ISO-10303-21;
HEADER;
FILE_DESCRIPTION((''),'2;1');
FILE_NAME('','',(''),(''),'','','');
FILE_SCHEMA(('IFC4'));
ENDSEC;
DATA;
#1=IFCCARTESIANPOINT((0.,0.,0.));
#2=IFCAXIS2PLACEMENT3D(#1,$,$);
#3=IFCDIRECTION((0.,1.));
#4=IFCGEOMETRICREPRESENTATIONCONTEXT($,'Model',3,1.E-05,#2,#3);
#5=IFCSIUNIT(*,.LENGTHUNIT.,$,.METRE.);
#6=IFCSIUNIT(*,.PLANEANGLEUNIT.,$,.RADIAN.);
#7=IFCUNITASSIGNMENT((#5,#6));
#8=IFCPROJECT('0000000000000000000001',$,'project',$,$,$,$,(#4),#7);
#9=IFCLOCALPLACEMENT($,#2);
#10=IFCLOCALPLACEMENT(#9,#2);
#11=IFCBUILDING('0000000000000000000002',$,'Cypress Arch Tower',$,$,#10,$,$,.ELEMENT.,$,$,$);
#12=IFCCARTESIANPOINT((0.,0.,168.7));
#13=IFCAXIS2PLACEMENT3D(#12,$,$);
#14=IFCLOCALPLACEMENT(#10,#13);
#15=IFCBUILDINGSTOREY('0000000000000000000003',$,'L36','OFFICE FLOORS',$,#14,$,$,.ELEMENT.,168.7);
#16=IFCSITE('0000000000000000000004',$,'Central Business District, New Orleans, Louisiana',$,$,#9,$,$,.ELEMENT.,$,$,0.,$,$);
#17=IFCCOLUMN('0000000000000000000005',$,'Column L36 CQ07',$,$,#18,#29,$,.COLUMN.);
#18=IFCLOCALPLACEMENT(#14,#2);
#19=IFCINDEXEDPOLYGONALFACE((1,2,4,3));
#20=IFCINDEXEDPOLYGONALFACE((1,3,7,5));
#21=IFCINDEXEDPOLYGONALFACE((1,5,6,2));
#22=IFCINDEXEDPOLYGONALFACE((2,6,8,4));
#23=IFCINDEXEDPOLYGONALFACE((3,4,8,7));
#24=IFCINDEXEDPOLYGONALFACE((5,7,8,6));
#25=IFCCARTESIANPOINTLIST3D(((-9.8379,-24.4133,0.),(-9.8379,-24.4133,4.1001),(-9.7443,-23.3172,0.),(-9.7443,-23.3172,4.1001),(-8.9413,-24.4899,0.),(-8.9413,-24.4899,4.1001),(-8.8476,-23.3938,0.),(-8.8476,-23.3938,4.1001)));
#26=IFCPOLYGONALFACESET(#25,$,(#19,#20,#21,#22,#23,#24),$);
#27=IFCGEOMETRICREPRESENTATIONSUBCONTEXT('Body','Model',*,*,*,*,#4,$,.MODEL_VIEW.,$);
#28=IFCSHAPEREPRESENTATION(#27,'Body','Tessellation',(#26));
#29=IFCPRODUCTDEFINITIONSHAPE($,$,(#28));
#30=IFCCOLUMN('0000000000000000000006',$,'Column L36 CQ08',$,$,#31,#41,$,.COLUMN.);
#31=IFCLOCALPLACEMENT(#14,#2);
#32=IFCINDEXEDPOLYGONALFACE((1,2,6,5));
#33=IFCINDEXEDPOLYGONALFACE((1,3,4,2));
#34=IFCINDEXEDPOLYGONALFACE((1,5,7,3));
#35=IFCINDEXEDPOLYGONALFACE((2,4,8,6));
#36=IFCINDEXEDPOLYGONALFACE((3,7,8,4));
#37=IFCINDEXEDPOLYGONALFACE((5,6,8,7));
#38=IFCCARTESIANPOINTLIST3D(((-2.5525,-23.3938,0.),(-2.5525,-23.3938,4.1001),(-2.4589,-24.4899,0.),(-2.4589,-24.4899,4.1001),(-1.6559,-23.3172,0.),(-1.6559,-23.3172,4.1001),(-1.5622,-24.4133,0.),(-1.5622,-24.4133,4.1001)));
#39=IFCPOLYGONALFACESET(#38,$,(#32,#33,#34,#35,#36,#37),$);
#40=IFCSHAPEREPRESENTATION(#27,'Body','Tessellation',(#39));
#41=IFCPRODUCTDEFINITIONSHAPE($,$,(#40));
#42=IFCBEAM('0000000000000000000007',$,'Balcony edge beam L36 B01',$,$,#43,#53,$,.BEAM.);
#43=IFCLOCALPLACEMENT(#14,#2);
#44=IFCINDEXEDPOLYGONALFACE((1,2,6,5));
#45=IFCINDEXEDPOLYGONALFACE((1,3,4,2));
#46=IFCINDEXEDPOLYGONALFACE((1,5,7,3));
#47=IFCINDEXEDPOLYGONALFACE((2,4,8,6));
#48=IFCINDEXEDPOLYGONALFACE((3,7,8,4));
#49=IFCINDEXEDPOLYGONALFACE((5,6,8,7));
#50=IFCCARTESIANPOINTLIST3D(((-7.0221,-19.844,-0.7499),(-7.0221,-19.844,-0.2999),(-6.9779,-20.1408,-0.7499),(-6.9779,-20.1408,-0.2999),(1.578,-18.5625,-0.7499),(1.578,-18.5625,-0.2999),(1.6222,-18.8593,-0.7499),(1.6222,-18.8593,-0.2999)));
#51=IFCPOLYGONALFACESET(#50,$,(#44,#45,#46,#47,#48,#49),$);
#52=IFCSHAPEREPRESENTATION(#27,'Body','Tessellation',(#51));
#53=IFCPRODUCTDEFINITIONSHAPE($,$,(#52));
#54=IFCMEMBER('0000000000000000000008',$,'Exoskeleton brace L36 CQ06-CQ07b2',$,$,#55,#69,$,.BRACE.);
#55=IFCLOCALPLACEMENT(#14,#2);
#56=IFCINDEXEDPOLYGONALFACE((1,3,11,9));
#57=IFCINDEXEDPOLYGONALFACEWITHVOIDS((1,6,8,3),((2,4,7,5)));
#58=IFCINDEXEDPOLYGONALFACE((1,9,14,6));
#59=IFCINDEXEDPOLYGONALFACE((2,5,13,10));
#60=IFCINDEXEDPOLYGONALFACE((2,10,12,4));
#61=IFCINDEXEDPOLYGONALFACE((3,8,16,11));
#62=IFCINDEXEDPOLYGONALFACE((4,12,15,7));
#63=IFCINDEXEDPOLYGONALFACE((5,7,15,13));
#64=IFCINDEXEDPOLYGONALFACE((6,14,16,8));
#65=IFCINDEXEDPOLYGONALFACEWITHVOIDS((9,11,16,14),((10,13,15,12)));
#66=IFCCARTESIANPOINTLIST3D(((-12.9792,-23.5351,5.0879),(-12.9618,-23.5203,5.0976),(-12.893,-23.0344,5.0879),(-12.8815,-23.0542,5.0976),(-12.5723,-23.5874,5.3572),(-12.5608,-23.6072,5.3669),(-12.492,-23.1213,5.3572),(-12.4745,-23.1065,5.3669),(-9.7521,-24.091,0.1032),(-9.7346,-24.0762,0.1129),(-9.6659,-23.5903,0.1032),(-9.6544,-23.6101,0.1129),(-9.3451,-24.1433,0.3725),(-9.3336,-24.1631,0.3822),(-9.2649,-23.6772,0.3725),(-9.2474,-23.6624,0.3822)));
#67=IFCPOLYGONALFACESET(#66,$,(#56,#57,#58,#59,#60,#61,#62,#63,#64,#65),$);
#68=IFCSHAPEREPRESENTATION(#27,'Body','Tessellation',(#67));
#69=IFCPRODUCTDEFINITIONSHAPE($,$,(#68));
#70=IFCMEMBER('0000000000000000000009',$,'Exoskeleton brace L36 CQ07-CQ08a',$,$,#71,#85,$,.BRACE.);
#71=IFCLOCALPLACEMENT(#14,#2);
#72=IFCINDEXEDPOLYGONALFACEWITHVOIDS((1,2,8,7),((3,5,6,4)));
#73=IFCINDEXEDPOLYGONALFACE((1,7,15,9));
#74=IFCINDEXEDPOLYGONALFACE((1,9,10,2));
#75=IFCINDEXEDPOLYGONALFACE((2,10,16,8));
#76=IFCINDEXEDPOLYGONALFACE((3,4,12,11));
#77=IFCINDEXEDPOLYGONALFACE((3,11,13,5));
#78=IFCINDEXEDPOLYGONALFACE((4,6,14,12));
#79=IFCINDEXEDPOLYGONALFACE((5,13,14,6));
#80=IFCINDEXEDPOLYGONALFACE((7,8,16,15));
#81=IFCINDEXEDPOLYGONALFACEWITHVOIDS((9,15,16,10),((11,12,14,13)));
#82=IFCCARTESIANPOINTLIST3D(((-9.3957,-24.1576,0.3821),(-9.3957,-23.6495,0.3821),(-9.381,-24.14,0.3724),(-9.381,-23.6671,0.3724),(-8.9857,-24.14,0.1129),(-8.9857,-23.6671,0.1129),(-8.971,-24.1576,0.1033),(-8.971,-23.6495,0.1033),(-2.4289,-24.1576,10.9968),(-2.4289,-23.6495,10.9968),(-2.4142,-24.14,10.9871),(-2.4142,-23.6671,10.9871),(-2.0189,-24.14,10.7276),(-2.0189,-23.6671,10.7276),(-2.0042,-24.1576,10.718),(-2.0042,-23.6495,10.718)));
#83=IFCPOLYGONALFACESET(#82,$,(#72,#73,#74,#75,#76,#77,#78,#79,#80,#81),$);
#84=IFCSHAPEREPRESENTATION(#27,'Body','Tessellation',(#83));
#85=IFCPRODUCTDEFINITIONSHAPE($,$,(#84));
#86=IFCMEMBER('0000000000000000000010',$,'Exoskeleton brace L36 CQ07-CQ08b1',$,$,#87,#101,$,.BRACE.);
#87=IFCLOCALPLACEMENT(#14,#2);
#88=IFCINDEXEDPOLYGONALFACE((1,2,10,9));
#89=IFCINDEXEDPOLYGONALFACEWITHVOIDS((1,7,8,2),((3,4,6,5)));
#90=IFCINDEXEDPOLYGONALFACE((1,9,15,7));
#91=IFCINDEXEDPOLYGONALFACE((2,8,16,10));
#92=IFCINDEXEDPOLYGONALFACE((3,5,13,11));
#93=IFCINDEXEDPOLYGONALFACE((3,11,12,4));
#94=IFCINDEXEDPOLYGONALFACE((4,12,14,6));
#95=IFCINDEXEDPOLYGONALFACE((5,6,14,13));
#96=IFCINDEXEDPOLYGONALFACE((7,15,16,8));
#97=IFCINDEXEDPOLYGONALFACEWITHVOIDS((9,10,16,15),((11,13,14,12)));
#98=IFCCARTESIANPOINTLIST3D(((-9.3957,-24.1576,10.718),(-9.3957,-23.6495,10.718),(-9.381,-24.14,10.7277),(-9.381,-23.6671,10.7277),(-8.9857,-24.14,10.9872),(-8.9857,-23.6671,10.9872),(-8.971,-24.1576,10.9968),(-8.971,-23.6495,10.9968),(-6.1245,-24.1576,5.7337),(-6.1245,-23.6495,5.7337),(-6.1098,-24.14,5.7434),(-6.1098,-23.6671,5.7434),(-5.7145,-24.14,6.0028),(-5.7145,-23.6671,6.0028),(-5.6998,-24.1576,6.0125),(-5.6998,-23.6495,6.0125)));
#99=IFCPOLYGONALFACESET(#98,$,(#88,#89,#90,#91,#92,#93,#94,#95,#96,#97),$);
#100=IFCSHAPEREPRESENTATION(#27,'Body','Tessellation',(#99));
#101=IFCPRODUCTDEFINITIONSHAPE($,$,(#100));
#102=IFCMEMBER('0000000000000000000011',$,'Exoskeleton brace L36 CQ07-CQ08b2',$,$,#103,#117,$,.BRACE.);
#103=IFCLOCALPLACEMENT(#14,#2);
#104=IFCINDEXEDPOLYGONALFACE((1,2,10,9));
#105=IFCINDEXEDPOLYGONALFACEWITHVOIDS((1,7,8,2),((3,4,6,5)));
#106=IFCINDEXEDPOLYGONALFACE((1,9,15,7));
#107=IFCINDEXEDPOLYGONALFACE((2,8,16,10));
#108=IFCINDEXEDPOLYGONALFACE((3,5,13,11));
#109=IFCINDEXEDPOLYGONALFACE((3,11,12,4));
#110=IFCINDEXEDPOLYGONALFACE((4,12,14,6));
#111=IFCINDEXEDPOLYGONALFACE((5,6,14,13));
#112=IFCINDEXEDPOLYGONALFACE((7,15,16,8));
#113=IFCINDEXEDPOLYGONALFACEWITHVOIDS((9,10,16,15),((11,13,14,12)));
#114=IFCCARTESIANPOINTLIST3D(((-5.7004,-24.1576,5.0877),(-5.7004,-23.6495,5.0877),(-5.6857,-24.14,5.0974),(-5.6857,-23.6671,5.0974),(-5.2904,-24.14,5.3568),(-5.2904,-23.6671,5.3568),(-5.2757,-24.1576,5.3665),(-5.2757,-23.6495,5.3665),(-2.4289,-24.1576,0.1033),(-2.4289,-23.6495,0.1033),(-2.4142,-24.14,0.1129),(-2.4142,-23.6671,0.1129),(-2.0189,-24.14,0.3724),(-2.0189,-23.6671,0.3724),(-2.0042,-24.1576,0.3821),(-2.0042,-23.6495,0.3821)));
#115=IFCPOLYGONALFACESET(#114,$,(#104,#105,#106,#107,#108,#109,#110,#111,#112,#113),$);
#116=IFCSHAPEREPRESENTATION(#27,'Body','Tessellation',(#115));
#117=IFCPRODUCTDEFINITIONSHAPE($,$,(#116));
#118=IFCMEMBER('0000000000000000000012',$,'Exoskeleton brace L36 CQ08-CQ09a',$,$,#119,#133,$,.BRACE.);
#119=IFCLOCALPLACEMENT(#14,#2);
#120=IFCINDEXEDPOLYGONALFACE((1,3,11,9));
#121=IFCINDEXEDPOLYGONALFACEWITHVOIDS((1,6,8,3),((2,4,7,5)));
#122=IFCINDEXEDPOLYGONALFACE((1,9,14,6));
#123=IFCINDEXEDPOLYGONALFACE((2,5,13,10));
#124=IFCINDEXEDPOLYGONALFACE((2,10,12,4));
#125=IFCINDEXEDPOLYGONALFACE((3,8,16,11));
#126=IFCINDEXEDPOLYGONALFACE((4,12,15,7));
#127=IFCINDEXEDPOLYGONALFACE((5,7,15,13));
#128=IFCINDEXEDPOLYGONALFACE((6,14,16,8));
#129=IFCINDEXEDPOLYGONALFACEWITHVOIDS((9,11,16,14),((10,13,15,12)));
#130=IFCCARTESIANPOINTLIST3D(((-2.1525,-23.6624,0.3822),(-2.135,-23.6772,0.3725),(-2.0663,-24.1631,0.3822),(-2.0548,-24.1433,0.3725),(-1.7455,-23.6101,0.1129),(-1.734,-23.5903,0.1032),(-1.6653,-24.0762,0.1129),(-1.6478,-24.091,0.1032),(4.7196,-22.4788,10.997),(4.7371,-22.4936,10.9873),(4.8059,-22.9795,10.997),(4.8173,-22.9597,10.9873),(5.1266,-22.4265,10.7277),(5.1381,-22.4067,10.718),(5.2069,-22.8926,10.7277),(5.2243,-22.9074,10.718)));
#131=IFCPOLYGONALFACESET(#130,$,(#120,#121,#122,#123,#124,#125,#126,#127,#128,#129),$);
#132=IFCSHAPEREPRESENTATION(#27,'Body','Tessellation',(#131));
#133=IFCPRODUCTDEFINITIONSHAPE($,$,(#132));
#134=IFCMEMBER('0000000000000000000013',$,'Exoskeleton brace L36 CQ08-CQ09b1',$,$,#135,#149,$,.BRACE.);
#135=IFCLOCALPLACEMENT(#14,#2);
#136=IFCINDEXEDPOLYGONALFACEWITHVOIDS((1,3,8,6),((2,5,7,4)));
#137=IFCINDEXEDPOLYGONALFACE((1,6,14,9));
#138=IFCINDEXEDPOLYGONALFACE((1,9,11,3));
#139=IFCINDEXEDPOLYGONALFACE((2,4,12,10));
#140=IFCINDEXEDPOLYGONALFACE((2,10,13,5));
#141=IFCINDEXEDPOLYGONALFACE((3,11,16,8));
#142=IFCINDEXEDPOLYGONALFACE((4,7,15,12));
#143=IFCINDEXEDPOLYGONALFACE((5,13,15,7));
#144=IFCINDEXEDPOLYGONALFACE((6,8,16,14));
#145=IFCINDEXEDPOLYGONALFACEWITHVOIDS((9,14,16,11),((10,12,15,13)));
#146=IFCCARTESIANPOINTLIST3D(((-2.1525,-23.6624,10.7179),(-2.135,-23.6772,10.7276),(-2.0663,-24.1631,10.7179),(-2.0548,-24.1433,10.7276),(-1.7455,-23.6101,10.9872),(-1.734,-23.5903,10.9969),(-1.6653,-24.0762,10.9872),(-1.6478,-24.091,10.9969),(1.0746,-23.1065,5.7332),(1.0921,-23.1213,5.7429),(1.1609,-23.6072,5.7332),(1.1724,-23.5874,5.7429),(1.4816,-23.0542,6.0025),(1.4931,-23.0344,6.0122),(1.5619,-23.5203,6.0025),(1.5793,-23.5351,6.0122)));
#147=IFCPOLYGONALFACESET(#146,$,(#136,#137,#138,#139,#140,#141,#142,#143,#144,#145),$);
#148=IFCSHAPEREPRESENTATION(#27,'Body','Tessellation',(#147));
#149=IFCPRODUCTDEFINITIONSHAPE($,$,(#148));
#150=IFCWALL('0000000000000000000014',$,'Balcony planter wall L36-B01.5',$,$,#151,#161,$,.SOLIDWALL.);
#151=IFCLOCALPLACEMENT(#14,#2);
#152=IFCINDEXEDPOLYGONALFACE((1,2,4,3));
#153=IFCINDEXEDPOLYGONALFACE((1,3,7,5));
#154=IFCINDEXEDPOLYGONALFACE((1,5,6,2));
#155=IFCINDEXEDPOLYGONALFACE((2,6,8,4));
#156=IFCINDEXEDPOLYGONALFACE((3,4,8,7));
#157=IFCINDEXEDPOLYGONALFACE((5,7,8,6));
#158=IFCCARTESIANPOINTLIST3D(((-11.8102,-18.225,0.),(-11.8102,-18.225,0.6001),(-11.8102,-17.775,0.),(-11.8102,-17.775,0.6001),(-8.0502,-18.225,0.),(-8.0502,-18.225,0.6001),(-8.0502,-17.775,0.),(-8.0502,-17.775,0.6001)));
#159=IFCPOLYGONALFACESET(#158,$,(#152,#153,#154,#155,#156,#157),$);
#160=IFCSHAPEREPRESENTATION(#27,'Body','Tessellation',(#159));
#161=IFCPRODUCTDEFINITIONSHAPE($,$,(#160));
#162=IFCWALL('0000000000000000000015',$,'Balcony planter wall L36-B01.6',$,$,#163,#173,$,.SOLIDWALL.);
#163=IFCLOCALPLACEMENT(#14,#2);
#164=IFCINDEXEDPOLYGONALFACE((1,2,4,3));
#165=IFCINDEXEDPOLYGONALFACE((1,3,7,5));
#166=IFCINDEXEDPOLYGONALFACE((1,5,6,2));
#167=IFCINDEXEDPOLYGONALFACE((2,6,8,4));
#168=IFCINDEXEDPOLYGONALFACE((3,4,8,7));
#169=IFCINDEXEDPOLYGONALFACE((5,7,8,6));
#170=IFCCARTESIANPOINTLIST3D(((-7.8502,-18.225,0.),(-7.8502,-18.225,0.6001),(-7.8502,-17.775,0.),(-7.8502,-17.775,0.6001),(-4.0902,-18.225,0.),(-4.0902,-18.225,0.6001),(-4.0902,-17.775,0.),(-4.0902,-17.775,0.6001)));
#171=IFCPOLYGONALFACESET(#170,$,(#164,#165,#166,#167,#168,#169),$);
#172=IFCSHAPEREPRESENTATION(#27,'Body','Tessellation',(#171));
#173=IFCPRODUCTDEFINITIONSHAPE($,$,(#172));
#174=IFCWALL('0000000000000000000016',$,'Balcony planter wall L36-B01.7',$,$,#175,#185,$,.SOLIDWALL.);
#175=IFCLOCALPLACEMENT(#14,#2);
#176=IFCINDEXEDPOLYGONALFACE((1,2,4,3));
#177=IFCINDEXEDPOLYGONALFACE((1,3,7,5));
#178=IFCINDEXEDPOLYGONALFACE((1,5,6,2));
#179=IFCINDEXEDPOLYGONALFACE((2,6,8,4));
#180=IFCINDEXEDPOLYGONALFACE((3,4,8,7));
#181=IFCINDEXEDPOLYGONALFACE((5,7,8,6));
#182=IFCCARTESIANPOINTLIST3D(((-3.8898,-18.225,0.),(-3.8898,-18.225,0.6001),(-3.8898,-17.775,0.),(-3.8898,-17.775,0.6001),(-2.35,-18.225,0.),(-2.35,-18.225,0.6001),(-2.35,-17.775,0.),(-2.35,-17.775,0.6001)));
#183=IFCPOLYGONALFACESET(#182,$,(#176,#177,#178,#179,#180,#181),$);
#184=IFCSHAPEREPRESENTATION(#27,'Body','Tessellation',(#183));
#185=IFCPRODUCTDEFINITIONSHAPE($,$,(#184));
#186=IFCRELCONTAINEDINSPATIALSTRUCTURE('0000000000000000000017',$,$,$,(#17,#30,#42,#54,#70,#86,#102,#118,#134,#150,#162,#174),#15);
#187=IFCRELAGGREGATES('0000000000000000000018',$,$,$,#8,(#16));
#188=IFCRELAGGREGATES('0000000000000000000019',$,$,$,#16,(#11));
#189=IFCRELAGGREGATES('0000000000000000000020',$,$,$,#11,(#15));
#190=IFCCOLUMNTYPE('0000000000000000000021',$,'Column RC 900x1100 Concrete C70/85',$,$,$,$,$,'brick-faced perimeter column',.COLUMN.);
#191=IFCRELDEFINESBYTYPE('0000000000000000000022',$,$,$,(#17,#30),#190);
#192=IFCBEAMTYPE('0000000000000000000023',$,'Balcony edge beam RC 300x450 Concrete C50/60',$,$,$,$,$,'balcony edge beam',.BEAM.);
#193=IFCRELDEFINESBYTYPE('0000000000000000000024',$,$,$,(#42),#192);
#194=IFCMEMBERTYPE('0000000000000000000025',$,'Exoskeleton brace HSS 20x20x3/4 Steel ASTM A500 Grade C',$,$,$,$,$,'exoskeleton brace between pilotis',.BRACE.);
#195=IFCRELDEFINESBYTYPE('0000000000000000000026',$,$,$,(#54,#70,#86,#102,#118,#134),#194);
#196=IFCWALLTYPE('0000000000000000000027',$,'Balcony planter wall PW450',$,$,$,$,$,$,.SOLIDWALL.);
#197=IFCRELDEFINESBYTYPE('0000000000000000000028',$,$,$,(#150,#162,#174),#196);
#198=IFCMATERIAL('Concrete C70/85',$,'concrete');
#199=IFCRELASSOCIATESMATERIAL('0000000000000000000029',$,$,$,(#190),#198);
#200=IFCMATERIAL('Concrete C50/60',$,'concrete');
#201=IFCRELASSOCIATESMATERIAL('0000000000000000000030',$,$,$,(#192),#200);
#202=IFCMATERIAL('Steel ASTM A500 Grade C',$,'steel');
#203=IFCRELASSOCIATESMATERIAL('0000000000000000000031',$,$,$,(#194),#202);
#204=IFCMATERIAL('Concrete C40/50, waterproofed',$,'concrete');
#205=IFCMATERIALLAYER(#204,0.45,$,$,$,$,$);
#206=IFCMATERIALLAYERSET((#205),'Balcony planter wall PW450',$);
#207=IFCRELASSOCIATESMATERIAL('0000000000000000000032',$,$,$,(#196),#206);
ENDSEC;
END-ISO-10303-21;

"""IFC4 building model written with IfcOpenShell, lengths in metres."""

from ifc_helpers import new_model, si_unit, direction, frame, frame_2d, origin, origin_2d, place, context, subcontext, project, spatial, rectangle, hollow_rectangle, extrude, material, layer, layer_set, material_profile, profile_set, type_object, element, save


model = new_model("IFC4")

# Units and contexts
model_context = context("Model", 3, precision=1e-05, world=origin(), true_north=direction((0.0, 1.0)))
body_context = subcontext(model_context, "Body", "Model", "MODEL_VIEW")
ifc_project = project(units=[si_unit("LENGTHUNIT", "METRE"), si_unit("PLANEANGLEUNIT", "RADIAN")], contexts=[model_context])

# Site, building, storey
site_placement = place(None, origin())
site = spatial("IfcSite", under=ifc_project, at=site_placement, Name="Central Business District, New Orleans, Louisiana", CompositionType="ELEMENT", RefElevation=0.0)
building_placement = place(site_placement, origin())
building = spatial("IfcBuilding", under=site, at=building_placement, Name="Cypress Arch Tower", CompositionType="ELEMENT")
storey_placement = place(building_placement, frame((0.0, 0.0, 168.7)))
storey = spatial("IfcBuildingStorey", under=building, at=storey_placement, Name="L36", Description="OFFICE FLOORS", CompositionType="ELEMENT", Elevation=168.7)

# Columns
ifc_material_1 = material(Name="Concrete C70/85", Category="concrete")
ifc_material_profile_1 = material_profile(ifc_material_1, rectangle(XDim=0.8999, YDim=1.1001, at=origin_2d()), Name="RC 900x1100")
ifc_profile_set_1 = profile_set([ifc_material_profile_1], Name="Concrete C70/85")
column_type = type_object("IfcColumnType", Name="Column RC 900x1100 Concrete C70/85", ElementType="brick-faced perimeter column", PredefinedType="COLUMN", material=ifc_profile_set_1)
for number, where, z_axis, x_axis, name in (
    (1, (-9.3428, -23.9036, 0.0), (0.0, 0.0, 1.0), (0.996368, -0.085149, 0.0), "Column L36 CQ07"),
    (2, (-2.0574, -23.9036, 0.0), (0.0, 0.0, 1.0), (0.996368, 0.085149, 0.0), "Column L36 CQ08"),
):
    element("IfcColumn", number, at=place(storey_placement, frame(where, z_axis=z_axis, x_axis=x_axis)), inside=storey, type_object=column_type, Name=name, PredefinedType="COLUMN", context=body_context, shape_type="SweptSolid", body=[
        extrude(rectangle(XDim=0.8999, YDim=1.1001, at=origin_2d()), origin(), (0.0, 0.0, 1.0), 4.1001),
    ])

# Beam
ifc_material_2 = material(Name="Concrete C50/60", Category="concrete")
ifc_material_profile_2 = material_profile(ifc_material_2, rectangle(XDim=0.3, YDim=0.45, at=origin_2d()), Name="RC 300x450")
ifc_profile_set_2 = profile_set([ifc_material_profile_2], Name="Concrete C50/60")
beam_type = type_object("IfcBeamType", Name="Balcony edge beam RC 300x450 Concrete C50/60", ElementType="balcony edge beam", PredefinedType="BEAM", material=ifc_profile_set_2)
beam_placement = place(storey_placement, frame((-7.0, -19.9924, -0.5249), z_axis=(0.98908, 0.147382, 0.0), x_axis=(-0.147382, 0.98908, 0.0)))
element("IfcBeam", 3, at=beam_placement, inside=storey, type_object=beam_type, Name="Balcony edge beam L36 B01", PredefinedType="BEAM", context=body_context, shape_type="SweptSolid", body=[
    extrude(rectangle(XDim=0.3, YDim=0.45, at=origin_2d()), origin(), (0.0, 0.0, 1.0), 8.6951),
])

# Members
ifc_material_3 = material(Name="Steel ASTM A500 Grade C", Category="steel")
ifc_material_profile_3 = material_profile(ifc_material_3, hollow_rectangle(XDim=0.5081, YDim=0.5081, WallThickness=0.0176, at=origin_2d()), Name="HSS 20x20x3/4")
ifc_profile_set_3 = profile_set([ifc_material_profile_3], Name="Steel ASTM A500 Grade C")
member_type = type_object("IfcMemberType", Name="Exoskeleton brace HSS 20x20x3/4 Steel ASTM A500 Grade C", ElementType="exoskeleton brace between pilotis", PredefinedType="BRACE", material=ifc_profile_set_3)
member_1_placement = place(storey_placement, frame((-9.4998, -23.8767, 0.2427), z_axis=(-0.541088, 0.093211, 0.835784), x_axis=(-0.169765, -0.985485, 0.0)))
element("IfcMember", 4, at=member_1_placement, inside=storey, type_object=member_type, Name="Exoskeleton brace L36 CQ06-CQ07b2", PredefinedType="BRACE", context=body_context, shape_type="SweptSolid", body=[
    extrude(hollow_rectangle(XDim=0.5081, YDim=0.5081, WallThickness=0.0176, at=origin_2d()), origin(), (0.0, 0.0, 1.0), 5.9641),
])
member_2_placement = place(storey_placement, frame((-9.1833, -23.9036, 0.2427), z_axis=(0.548704, 0.0, 0.836016), x_axis=(0.0, 1.0, 0.0)))
element("IfcMember", 5, at=member_2_placement, inside=storey, type_object=member_type, Name="Exoskeleton brace L36 CQ07-CQ08a", PredefinedType="BRACE", context=body_context, shape_type="SweptSolid", body=[
    extrude(hollow_rectangle(XDim=0.5081, YDim=0.5081, WallThickness=0.0176, at=origin_2d()), origin(), (0.0, 0.0, 1.0), 12.6968),
])
member_3_placement = place(storey_placement, frame((-9.1833, -23.9036, 10.8574), z_axis=(0.548685, 0.0, -0.836029), x_axis=(0.0, 1.0, 0.0)))
element("IfcMember", 6, at=member_3_placement, inside=storey, type_object=member_type, Name="Exoskeleton brace L36 CQ07-CQ08b1", PredefinedType="BRACE", context=body_context, shape_type="SweptSolid", body=[
    extrude(hollow_rectangle(XDim=0.5081, YDim=0.5081, WallThickness=0.0176, at=origin_2d()), origin(), (0.0, 0.0, 1.0), 5.9619),
])
member_4_placement = place(storey_placement, frame((-2.2166, -23.9036, 0.2427), z_axis=(-0.548714, 0.0, 0.83601), x_axis=(0.0, -1.0, 0.0)))
element("IfcMember", 7, at=member_4_placement, inside=storey, type_object=member_type, Name="Exoskeleton brace L36 CQ07-CQ08b2", PredefinedType="BRACE", context=body_context, shape_type="SweptSolid", body=[
    extrude(hollow_rectangle(XDim=0.5081, YDim=0.5081, WallThickness=0.0176, at=origin_2d()), origin(), (0.0, 0.0, 1.0), 5.9622),
])
member_5_placement = place(storey_placement, frame((-1.9001, -23.8767, 0.2427), z_axis=(0.541093, 0.093194, 0.835783), x_axis=(-0.169733, 0.98549, 0.0)))
element("IfcMember", 8, at=member_5_placement, inside=storey, type_object=member_type, Name="Exoskeleton brace L36 CQ08-CQ09a", PredefinedType="BRACE", context=body_context, shape_type="SweptSolid", body=[
    extrude(hollow_rectangle(XDim=0.5081, YDim=0.5081, WallThickness=0.0176, at=origin_2d()), origin(), (0.0, 0.0, 1.0), 12.7004),
])
member_6_placement = place(storey_placement, frame((-1.9001, -23.8767, 10.8574), z_axis=(0.541088, 0.093211, -0.835784), x_axis=(-0.169765, 0.985485, 0.0)))
element("IfcMember", 9, at=member_6_placement, inside=storey, type_object=member_type, Name="Exoskeleton brace L36 CQ08-CQ09b1", PredefinedType="BRACE", context=body_context, shape_type="SweptSolid", body=[
    extrude(hollow_rectangle(XDim=0.5081, YDim=0.5081, WallThickness=0.0176, at=origin_2d()), origin(), (0.0, 0.0, 1.0), 5.9641),
])

# Walls
ifc_material_4 = material(Name="Concrete C40/50, waterproofed", Category="concrete")
ifc_layer = layer(ifc_material_4, 0.45)
ifc_layer_set = layer_set([ifc_layer], Name="Balcony planter wall PW450")
wall_type = type_object("IfcWallType", Name="Balcony planter wall PW450", PredefinedType="SOLIDWALL", material=ifc_layer_set)
for number, where, z_axis, x_axis, name in (
    (10, (-11.8101, -18.0, 0.0), (0.0, 0.0, 1.0), (1.0, 0.0, 0.0), "Balcony planter wall L36-B01.5"),
    (11, (-7.8501, -18.0, 0.0), (0.0, 0.0, 1.0), (1.0, 0.0, 0.0), "Balcony planter wall L36-B01.6"),
):
    element("IfcWall", number, at=place(storey_placement, frame(where, z_axis=z_axis, x_axis=x_axis)), inside=storey, type_object=wall_type, Name=name, PredefinedType="SOLIDWALL", context=body_context, shape_type="SweptSolid", body=[
        extrude(rectangle(XDim=3.76, YDim=0.45, at=frame_2d((1.8799, 0.0))), origin(), (0.0, 0.0, 1.0), 0.6001),
    ])
wall_placement = place(storey_placement, frame((-3.8899, -18.0, 0.0), z_axis=(0.0, 0.0, 1.0), x_axis=(1.0, 0.0, 0.0)))
element("IfcWall", 12, at=wall_placement, inside=storey, type_object=wall_type, Name="Balcony planter wall L36-B01.7", PredefinedType="SOLIDWALL", context=body_context, shape_type="SweptSolid", body=[
    extrude(rectangle(XDim=1.5398, YDim=0.45, at=frame_2d((0.77, 0.0))), origin(), (0.0, 0.0, 1.0), 0.6001),
])

save(model, "model.ifc")
